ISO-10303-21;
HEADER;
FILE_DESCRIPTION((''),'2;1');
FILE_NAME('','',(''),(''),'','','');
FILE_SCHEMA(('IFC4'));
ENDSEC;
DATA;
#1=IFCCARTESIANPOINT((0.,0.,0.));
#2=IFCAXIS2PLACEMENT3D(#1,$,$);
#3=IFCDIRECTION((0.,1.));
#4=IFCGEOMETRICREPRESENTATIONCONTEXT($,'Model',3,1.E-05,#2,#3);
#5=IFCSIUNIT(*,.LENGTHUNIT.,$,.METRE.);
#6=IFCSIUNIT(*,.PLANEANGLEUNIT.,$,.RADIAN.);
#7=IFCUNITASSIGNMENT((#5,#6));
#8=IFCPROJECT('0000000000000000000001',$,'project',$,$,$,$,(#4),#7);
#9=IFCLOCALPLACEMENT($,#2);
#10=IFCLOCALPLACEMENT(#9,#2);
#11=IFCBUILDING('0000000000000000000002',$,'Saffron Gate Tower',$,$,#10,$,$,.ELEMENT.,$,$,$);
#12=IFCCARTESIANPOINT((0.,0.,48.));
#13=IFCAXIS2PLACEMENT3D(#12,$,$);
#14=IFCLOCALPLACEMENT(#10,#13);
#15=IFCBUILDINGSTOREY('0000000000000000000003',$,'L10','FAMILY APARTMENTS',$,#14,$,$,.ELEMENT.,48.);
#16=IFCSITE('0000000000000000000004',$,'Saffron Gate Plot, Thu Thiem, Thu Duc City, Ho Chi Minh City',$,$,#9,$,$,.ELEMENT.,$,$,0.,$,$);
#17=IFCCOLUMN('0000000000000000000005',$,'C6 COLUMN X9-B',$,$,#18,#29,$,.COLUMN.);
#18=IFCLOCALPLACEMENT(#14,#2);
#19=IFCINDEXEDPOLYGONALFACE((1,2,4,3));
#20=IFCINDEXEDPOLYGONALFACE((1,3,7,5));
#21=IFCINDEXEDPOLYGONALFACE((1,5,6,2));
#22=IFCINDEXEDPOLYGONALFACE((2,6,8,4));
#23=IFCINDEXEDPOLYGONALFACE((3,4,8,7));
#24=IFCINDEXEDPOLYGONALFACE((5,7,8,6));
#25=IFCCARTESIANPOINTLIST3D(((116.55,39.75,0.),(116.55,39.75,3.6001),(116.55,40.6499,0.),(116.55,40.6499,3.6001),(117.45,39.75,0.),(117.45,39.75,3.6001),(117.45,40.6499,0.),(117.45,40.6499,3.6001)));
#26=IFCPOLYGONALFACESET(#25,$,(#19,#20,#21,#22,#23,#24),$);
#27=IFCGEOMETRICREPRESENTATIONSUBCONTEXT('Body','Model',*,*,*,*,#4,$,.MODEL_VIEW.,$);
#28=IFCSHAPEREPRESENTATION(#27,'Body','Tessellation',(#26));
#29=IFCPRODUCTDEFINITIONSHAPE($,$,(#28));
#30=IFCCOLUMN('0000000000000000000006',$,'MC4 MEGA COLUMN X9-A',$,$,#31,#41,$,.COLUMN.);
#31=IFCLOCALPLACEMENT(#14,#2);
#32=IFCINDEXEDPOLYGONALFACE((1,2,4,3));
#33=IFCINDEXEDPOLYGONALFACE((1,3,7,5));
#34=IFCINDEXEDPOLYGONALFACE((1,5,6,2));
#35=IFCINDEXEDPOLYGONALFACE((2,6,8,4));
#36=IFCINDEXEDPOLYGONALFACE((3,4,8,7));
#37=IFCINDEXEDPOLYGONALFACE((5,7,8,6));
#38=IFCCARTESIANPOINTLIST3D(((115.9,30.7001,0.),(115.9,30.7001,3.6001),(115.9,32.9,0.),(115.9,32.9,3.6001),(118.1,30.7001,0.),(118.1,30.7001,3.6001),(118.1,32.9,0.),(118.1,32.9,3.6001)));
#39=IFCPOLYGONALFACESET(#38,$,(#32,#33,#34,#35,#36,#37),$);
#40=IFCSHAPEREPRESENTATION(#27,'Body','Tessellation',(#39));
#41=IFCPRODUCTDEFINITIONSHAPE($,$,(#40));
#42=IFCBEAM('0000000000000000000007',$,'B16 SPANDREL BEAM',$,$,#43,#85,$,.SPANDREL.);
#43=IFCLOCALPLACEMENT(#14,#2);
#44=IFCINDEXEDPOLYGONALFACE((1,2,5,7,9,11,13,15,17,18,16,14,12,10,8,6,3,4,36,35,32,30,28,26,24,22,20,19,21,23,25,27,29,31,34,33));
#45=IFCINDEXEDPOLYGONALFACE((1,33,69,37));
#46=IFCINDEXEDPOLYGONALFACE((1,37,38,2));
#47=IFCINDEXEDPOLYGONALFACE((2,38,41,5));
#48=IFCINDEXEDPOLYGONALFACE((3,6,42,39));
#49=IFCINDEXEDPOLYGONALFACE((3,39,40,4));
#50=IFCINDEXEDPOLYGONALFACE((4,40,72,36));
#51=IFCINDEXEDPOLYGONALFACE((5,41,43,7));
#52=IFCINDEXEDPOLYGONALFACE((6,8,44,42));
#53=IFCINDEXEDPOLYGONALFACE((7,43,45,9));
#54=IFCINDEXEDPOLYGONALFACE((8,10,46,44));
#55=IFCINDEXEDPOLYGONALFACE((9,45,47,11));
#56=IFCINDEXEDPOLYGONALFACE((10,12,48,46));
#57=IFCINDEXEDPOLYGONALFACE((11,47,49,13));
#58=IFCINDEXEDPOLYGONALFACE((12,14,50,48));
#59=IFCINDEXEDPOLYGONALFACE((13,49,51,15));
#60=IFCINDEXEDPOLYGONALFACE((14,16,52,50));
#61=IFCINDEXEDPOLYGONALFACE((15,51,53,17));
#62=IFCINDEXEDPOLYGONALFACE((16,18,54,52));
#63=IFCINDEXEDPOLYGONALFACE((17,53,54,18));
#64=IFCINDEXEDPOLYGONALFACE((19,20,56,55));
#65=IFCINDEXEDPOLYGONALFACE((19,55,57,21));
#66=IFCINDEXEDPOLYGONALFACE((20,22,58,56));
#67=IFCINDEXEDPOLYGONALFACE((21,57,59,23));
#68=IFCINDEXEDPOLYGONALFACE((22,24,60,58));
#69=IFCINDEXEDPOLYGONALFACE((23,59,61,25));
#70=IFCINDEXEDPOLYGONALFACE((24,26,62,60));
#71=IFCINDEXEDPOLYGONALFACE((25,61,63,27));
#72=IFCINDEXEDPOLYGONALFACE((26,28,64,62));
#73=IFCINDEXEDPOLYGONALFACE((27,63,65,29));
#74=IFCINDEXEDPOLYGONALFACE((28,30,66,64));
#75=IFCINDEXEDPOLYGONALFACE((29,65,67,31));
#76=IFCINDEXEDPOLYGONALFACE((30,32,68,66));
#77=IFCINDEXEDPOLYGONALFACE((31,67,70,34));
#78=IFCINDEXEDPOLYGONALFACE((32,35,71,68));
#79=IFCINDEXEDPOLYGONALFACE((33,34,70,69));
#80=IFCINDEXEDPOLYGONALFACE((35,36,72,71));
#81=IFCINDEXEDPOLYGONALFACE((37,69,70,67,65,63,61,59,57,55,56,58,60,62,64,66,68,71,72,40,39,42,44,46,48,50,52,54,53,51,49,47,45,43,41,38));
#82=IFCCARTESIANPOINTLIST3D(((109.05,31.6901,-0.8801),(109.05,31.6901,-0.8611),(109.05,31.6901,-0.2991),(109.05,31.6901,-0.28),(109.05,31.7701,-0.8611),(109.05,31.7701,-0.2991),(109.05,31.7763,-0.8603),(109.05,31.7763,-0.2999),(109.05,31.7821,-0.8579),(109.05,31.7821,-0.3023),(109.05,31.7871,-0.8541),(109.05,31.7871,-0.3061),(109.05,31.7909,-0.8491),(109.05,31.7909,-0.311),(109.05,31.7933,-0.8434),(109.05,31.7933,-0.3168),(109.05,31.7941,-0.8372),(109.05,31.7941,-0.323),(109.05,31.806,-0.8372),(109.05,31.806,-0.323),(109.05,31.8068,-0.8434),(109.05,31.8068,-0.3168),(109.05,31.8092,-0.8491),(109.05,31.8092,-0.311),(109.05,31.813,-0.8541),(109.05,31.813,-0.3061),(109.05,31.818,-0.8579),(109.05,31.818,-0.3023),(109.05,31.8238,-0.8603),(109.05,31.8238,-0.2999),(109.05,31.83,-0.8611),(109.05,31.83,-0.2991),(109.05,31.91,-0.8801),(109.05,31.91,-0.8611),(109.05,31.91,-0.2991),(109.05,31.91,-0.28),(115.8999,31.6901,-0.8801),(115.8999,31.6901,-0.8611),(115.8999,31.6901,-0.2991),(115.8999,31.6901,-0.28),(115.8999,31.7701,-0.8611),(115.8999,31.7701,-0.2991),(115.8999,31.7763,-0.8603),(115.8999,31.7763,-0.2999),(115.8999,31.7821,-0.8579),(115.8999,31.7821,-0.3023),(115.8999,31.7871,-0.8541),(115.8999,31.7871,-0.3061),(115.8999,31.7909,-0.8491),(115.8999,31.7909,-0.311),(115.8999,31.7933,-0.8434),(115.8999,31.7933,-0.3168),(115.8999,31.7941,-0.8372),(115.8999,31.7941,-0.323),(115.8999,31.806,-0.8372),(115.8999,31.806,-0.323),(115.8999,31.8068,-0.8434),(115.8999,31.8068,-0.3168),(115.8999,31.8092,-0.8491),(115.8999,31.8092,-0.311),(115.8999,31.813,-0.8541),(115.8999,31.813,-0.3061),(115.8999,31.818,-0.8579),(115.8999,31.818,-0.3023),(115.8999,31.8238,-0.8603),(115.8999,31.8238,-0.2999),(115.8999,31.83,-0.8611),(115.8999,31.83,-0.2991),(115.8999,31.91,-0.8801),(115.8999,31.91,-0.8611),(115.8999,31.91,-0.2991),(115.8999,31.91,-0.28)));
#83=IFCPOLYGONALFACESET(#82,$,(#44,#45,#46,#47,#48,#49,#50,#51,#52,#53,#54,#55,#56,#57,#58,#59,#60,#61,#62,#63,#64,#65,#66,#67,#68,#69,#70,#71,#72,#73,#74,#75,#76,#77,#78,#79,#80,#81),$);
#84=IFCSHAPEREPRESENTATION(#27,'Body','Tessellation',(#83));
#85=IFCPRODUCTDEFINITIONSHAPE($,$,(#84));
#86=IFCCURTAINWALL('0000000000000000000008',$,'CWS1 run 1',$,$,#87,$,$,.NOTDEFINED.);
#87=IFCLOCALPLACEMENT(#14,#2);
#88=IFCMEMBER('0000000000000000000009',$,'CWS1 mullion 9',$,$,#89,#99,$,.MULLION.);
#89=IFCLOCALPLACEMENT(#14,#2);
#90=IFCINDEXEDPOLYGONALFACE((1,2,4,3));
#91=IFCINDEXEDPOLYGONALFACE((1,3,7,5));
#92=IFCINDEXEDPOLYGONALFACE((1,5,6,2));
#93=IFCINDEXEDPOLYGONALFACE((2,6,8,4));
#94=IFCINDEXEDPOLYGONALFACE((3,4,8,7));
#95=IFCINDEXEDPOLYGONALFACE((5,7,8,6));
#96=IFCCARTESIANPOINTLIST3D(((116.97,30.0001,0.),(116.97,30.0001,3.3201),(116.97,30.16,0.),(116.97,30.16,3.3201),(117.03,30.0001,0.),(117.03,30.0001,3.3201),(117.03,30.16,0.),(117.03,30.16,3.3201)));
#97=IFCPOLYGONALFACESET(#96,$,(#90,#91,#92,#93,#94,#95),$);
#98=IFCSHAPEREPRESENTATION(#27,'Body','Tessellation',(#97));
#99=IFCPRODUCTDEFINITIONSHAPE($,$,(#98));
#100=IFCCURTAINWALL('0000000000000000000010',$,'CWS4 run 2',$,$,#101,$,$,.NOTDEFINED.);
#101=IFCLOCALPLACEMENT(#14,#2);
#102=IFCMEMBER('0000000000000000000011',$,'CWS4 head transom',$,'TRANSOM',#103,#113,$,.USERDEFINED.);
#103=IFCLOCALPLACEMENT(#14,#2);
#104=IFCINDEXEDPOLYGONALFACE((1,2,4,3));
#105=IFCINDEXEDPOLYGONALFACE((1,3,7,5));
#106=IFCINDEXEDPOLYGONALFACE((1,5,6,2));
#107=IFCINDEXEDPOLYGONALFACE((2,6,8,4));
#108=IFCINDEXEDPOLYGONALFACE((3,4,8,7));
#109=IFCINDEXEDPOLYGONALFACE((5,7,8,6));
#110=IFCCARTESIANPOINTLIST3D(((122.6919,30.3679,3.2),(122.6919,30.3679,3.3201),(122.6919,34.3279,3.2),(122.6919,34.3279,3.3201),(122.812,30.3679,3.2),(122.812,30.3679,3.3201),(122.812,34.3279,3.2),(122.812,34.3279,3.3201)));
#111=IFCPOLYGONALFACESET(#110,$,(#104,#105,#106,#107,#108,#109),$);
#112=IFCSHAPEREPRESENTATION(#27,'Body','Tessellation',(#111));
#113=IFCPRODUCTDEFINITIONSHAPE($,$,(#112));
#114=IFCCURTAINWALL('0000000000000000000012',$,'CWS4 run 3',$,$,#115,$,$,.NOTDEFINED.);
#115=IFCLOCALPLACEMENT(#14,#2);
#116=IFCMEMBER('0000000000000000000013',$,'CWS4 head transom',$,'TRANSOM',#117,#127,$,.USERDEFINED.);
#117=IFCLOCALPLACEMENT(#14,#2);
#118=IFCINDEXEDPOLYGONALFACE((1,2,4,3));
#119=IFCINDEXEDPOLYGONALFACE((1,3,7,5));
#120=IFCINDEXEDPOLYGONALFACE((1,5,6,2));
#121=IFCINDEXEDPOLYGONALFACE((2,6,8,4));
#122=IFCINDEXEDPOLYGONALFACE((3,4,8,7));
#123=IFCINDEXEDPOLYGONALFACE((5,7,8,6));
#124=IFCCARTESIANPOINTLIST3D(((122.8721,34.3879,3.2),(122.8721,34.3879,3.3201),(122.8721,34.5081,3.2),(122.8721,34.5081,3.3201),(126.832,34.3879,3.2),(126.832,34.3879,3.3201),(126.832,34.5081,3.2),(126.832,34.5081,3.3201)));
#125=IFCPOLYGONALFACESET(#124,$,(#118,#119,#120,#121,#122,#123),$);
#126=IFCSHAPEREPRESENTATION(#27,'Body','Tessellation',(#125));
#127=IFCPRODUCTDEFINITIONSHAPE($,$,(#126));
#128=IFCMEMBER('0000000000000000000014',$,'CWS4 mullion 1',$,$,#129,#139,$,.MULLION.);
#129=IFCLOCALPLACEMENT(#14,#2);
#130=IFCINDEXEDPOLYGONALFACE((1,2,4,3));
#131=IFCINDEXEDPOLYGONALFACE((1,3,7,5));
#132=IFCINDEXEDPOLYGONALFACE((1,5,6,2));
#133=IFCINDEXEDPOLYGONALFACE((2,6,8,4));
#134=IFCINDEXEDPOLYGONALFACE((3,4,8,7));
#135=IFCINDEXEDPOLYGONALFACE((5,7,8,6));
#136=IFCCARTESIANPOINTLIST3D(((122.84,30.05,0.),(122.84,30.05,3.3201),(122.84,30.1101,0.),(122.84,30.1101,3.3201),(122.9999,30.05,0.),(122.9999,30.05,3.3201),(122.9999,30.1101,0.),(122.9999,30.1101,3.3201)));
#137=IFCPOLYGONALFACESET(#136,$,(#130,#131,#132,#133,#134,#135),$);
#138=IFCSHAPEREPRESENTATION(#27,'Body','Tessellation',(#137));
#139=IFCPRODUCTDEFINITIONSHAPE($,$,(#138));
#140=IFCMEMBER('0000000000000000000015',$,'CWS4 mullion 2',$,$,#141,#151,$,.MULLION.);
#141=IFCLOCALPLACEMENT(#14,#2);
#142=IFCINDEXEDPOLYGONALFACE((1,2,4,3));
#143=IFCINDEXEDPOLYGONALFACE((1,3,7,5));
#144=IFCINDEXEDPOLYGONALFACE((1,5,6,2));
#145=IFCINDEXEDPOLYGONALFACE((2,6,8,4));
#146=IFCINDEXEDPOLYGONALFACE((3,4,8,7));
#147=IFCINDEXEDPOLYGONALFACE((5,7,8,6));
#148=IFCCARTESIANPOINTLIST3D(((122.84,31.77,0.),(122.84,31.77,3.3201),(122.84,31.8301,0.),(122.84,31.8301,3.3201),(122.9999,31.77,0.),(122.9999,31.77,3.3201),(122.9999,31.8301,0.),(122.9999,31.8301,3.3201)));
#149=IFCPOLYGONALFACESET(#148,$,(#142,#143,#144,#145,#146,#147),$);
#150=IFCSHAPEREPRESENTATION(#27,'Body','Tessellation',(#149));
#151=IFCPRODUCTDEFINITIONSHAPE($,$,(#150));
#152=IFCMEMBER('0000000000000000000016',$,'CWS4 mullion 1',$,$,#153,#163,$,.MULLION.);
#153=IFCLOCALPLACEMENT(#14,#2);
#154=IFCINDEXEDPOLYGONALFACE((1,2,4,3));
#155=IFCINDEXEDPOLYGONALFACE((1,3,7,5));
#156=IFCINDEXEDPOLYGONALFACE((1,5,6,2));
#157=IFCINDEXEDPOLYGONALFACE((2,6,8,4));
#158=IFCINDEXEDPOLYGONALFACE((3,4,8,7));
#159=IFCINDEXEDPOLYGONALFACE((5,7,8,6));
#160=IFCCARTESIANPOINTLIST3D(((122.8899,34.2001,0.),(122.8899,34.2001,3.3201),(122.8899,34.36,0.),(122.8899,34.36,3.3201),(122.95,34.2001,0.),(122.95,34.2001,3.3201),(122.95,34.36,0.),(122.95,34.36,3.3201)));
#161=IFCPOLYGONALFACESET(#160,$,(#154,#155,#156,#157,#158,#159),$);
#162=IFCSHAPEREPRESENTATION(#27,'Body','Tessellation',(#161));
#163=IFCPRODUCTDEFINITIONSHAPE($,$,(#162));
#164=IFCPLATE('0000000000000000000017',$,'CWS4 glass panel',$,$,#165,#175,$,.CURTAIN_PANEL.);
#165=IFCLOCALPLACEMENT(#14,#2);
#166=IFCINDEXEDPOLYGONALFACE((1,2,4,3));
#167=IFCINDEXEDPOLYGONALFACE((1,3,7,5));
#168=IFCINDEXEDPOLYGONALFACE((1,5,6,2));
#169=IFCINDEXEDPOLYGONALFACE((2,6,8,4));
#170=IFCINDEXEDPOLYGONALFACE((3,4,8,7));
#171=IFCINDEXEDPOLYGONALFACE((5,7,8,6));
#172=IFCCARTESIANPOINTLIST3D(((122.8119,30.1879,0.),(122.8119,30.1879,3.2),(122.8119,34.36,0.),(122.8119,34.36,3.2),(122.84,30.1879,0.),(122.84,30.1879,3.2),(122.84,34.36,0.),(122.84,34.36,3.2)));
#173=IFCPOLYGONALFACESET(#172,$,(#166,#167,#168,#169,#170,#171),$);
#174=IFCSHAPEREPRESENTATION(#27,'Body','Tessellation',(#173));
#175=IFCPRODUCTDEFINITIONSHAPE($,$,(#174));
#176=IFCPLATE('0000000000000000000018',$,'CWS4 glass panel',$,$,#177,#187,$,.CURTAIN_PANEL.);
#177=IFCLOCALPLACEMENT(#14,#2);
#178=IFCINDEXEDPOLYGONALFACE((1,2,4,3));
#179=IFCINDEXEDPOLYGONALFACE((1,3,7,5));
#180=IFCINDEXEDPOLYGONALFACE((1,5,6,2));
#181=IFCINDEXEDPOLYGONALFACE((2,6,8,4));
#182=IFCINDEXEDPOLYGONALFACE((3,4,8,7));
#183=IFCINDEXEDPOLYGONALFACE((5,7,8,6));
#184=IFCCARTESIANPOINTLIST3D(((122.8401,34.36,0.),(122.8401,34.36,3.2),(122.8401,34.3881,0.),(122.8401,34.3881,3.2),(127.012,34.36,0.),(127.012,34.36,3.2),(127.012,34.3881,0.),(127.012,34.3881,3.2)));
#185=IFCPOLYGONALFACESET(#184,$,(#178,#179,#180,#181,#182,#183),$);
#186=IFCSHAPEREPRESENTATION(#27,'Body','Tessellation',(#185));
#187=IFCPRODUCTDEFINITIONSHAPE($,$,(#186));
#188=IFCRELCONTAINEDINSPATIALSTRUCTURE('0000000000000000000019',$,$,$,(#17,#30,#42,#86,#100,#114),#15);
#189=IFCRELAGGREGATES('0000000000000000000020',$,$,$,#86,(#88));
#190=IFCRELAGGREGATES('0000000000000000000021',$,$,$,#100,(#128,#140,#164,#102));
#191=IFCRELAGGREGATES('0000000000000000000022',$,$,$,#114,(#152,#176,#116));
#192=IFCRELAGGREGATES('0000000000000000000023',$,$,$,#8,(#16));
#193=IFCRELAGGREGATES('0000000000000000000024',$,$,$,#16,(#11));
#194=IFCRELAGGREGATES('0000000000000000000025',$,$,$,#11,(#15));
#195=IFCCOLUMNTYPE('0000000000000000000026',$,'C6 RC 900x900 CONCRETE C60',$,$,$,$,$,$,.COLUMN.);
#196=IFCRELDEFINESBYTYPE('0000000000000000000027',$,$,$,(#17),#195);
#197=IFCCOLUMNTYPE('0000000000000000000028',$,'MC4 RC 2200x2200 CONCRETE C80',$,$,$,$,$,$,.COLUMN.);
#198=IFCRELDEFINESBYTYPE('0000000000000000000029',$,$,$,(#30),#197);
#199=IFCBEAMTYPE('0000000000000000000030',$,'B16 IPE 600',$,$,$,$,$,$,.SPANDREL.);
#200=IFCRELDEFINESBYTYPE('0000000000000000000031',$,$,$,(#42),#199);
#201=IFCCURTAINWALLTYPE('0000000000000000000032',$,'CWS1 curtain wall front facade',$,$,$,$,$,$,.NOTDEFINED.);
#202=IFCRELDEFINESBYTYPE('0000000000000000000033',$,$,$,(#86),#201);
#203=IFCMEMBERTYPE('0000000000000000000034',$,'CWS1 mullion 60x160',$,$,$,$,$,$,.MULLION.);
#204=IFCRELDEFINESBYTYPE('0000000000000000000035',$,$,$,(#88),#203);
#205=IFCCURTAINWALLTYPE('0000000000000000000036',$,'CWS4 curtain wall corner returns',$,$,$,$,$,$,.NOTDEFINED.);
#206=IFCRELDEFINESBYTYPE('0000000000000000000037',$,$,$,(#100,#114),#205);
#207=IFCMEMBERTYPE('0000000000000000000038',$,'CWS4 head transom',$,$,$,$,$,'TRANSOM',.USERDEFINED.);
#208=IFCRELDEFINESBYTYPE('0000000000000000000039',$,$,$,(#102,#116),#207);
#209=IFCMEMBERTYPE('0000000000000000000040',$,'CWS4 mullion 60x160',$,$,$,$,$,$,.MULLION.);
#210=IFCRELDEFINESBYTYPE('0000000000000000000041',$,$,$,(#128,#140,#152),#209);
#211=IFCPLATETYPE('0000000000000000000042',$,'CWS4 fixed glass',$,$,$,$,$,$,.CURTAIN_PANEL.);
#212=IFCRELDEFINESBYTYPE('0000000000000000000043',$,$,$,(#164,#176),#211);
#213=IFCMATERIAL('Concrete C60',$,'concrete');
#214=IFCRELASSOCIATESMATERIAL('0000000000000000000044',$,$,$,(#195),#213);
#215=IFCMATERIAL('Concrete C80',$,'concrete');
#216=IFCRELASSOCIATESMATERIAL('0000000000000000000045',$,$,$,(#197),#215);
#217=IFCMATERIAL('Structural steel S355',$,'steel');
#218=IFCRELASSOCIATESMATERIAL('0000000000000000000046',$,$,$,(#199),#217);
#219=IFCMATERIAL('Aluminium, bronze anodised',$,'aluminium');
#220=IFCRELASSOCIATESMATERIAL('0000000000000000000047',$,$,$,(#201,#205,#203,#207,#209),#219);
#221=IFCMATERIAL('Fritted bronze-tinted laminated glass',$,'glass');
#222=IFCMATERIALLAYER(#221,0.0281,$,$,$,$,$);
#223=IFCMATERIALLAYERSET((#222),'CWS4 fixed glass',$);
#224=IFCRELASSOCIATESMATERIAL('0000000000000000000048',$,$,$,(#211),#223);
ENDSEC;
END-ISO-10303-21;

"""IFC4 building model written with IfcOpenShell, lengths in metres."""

from ifc_helpers import new_model, si_unit, direction, frame, frame_2d, origin, origin_2d, place, context, subcontext, project, spatial, rectangle, i_section, extrude, material, layer, layer_set, material_profile, profile_set, type_object, element, aggregate, save


model = new_model("IFC4")

# Units and contexts
model_context = context("Model", 3, precision=1e-05, world=origin(), true_north=direction((0.0, 1.0)))
body_context = subcontext(model_context, "Body", "Model", "MODEL_VIEW")
ifc_project = project(units=[si_unit("LENGTHUNIT", "METRE"), si_unit("PLANEANGLEUNIT", "RADIAN")], contexts=[model_context])

# Site, building, storey
site_placement = place(None, origin())
site = spatial("IfcSite", under=ifc_project, at=site_placement, Name="Saffron Gate Plot, Thu Thiem, Thu Duc City, Ho Chi Minh City", CompositionType="ELEMENT", RefElevation=0.0)
building_placement = place(site_placement, origin())
building = spatial("IfcBuilding", under=site, at=building_placement, Name="Saffron Gate Tower", CompositionType="ELEMENT")
storey_placement = place(building_placement, frame((0.0, 0.0, 48.0)))
storey = spatial("IfcBuildingStorey", under=building, at=storey_placement, Name="L10", Description="FAMILY APARTMENTS", CompositionType="ELEMENT", Elevation=48.0)

# Columns
ifc_material_1 = material(Name="Concrete C60", Category="concrete")
ifc_material_profile_1 = material_profile(ifc_material_1, rectangle(XDim=0.8999, YDim=0.8999, at=origin_2d()))
ifc_profile_set_1 = profile_set([ifc_material_profile_1], Name="Concrete C60")
column_type_1 = type_object("IfcColumnType", Name="C6 RC 900x900 CONCRETE C60", PredefinedType="COLUMN", material=ifc_profile_set_1)
column_1_placement = place(storey_placement, frame((117.0, 40.2, 0.0), z_axis=(0.0, 0.0, 1.0), x_axis=(1.0, 0.0, 0.0)))
element("IfcColumn", 1, at=column_1_placement, inside=storey, type_object=column_type_1, Name="C6 COLUMN X9-B", PredefinedType="COLUMN", context=body_context, shape_type="SweptSolid", body=[
    extrude(rectangle(XDim=0.8999, YDim=0.8999, at=origin_2d()), origin(), (0.0, 0.0, 1.0), 3.6001),
])
ifc_material_2 = material(Name="Concrete C80", Category="concrete")
ifc_material_profile_2 = material_profile(ifc_material_2, rectangle(XDim=2.2, YDim=2.2, at=origin_2d()))
ifc_profile_set_2 = profile_set([ifc_material_profile_2], Name="Concrete C80")
column_type_2 = type_object("IfcColumnType", Name="MC4 RC 2200x2200 CONCRETE C80", PredefinedType="COLUMN", material=ifc_profile_set_2)
column_2_placement = place(storey_placement, frame((117.0, 31.8, 0.0), z_axis=(0.0, 0.0, 1.0), x_axis=(1.0, 0.0, 0.0)))
element("IfcColumn", 2, at=column_2_placement, inside=storey, type_object=column_type_2, Name="MC4 MEGA COLUMN X9-A", PredefinedType="COLUMN", context=body_context, shape_type="SweptSolid", body=[
    extrude(rectangle(XDim=2.2, YDim=2.2, at=origin_2d()), origin(), (0.0, 0.0, 1.0), 3.6001),
])

# Beam
ifc_material_3 = material(Name="Structural steel S355", Category="steel")
ifc_material_profile_3 = material_profile(ifc_material_3, i_section(OverallWidth=0.22, OverallDepth=0.6001, WebThickness=0.012, FlangeThickness=0.019, FilletRadius=0.0239, at=origin_2d()))
ifc_profile_set_3 = profile_set([ifc_material_profile_3], Name="Structural steel S355")
beam_type = type_object("IfcBeamType", Name="B16 IPE 600", PredefinedType="SPANDREL", material=ifc_profile_set_3)
beam_placement = place(storey_placement, frame((109.05, 31.8, -0.5801), z_axis=(1.0, 0.0, 0.0), x_axis=(0.0, 1.0, 0.0)))
element("IfcBeam", 3, at=beam_placement, inside=storey, type_object=beam_type, Name="B16 SPANDREL BEAM", PredefinedType="SPANDREL", context=body_context, shape_type="SweptSolid", body=[
    extrude(i_section(OverallWidth=0.22, OverallDepth=0.6001, WebThickness=0.012, FlangeThickness=0.019, FilletRadius=0.0239, at=origin_2d()), origin(), (0.0, 0.0, 1.0), 6.8499),
])

# Curtain walls, members
ifc_material_4 = material(Name="Aluminium, bronze anodised", Category="aluminium")
curtain_wall_type_1 = type_object("IfcCurtainWallType", Name="CWS1 curtain wall front facade", PredefinedType="NOTDEFINED", material=ifc_material_4)
curtain_wall_1_placement = place(storey_placement, origin())
curtain_wall_1 = element("IfcCurtainWall", 4, at=curtain_wall_1_placement, inside=storey, type_object=curtain_wall_type_1, Name="CWS1 run 1", PredefinedType="NOTDEFINED")
ifc_material_profile_4 = material_profile(ifc_material_4, rectangle(XDim=0.1599, YDim=0.0601, at=origin_2d()))
ifc_profile_set_4 = profile_set([ifc_material_profile_4], Name="Aluminium, bronze anodised")
member_type_1 = type_object("IfcMemberType", Name="CWS1 mullion 60x160", PredefinedType="MULLION", material=ifc_profile_set_4)
member_1_placement = place(storey_placement, frame((117.0, 30.0801, 0.0), z_axis=(0.0, 0.0, 1.0), x_axis=(0.0, 1.0, 0.0)))
member_1 = element("IfcMember", 5, at=member_1_placement, type_object=member_type_1, Name="CWS1 mullion 9", PredefinedType="MULLION", context=body_context, shape_type="SweptSolid", body=[
    extrude(rectangle(XDim=0.1599, YDim=0.0601, at=origin_2d()), origin(), (0.0, 0.0, 1.0), 3.3201),
])
aggregate(curtain_wall_1, [member_1])
curtain_wall_type_2 = type_object("IfcCurtainWallType", Name="CWS4 curtain wall corner returns", PredefinedType="NOTDEFINED", material=ifc_material_4)
curtain_wall_2_placement = place(storey_placement, origin())
curtain_wall_2 = element("IfcCurtainWall", 6, at=curtain_wall_2_placement, inside=storey, type_object=curtain_wall_type_2, Name="CWS4 run 2", PredefinedType="NOTDEFINED")
ifc_material_profile_5 = material_profile(ifc_material_4, rectangle(XDim=0.1201, YDim=0.1201, at=origin_2d()))
ifc_profile_set_5 = profile_set([ifc_material_profile_5], Name="Aluminium, bronze anodised")
member_type_2 = type_object("IfcMemberType", Name="CWS4 head transom", ElementType="TRANSOM", PredefinedType="USERDEFINED", material=ifc_profile_set_5)
member_2_placement = place(storey_placement, frame((122.752, 30.3679, 3.26), z_axis=(0.0, 1.0, 0.0), x_axis=(-1.0, 0.0, 0.0)))
member_2 = element("IfcMember", 7, at=member_2_placement, type_object=member_type_2, Name="CWS4 head transom", ObjectType="TRANSOM", PredefinedType="USERDEFINED", context=body_context, shape_type="SweptSolid", body=[
    extrude(rectangle(XDim=0.1201, YDim=0.1201, at=origin_2d()), origin(), (0.0, 0.0, 1.0), 3.96),
])
curtain_wall_3_placement = place(storey_placement, origin())
curtain_wall_3 = element("IfcCurtainWall", 8, at=curtain_wall_3_placement, inside=storey, type_object=curtain_wall_type_2, Name="CWS4 run 3", PredefinedType="NOTDEFINED")
member_3_placement = place(storey_placement, frame((122.8721, 34.448, 3.26), z_axis=(1.0, 0.0, 0.0), x_axis=(0.0, 1.0, 0.0)))
member_3 = element("IfcMember", 9, at=member_3_placement, type_object=member_type_2, Name="CWS4 head transom", ObjectType="TRANSOM", PredefinedType="USERDEFINED", context=body_context, shape_type="SweptSolid", body=[
    extrude(rectangle(XDim=0.1201, YDim=0.1201, at=origin_2d()), origin(), (0.0, 0.0, 1.0), 3.96),
])

# Members
ifc_material_profile_6 = material_profile(ifc_material_4, rectangle(XDim=0.1599, YDim=0.0601, at=origin_2d()))
ifc_profile_set_6 = profile_set([ifc_material_profile_6], Name="Aluminium, bronze anodised")
member_type_3 = type_object("IfcMemberType", Name="CWS4 mullion 60x160", PredefinedType="MULLION", material=ifc_profile_set_6)
member_4_placement = place(storey_placement, frame((122.9199, 30.0801, 0.0), z_axis=(0.0, 0.0, 1.0), x_axis=(-1.0, 0.0, 0.0)))
member_4 = element("IfcMember", 10, at=member_4_placement, type_object=member_type_3, Name="CWS4 mullion 1", PredefinedType="MULLION", context=body_context, shape_type="SweptSolid", body=[
    extrude(rectangle(XDim=0.1599, YDim=0.0601, at=origin_2d()), origin(), (0.0, 0.0, 1.0), 3.3201),
])
member_5_placement = place(storey_placement, frame((122.9199, 31.8, 0.0), z_axis=(0.0, 0.0, 1.0), x_axis=(-1.0, 0.0, 0.0)))
member_5 = element("IfcMember", 11, at=member_5_placement, type_object=member_type_3, Name="CWS4 mullion 2", PredefinedType="MULLION", context=body_context, shape_type="SweptSolid", body=[
    extrude(rectangle(XDim=0.1599, YDim=0.0601, at=origin_2d()), origin(), (0.0, 0.0, 1.0), 3.3201),
])
member_6_placement = place(storey_placement, frame((122.9199, 34.28, 0.0), z_axis=(0.0, 0.0, 1.0), x_axis=(0.0, 1.0, 0.0)))
member_6 = element("IfcMember", 12, at=member_6_placement, type_object=member_type_3, Name="CWS4 mullion 1", PredefinedType="MULLION", context=body_context, shape_type="SweptSolid", body=[
    extrude(rectangle(XDim=0.1599, YDim=0.0601, at=origin_2d()), origin(), (0.0, 0.0, 1.0), 3.3201),
])

# Plates
ifc_material_5 = material(Name="Fritted bronze-tinted laminated glass", Category="glass")
ifc_layer_1 = layer(ifc_material_5, 0.0281)
ifc_layer_set_1 = layer_set([ifc_layer_1], Name="CWS4 fixed glass")
plate_type = type_object("IfcPlateType", Name="CWS4 fixed glass", PredefinedType="CURTAIN_PANEL", material=ifc_layer_set_1)
plate_1_placement = place(storey_placement, frame((122.8259, 30.188, 0.0), z_axis=(0.0, 0.0, 1.0), x_axis=(0.0, 1.0, 0.0)))
plate_1 = element("IfcPlate", 13, at=plate_1_placement, type_object=plate_type, Name="CWS4 glass panel", PredefinedType="CURTAIN_PANEL", context=body_context, shape_type="SweptSolid", body=[
    extrude(rectangle(XDim=4.1721, YDim=0.0281, at=frame_2d((2.0859, 0.0))), origin(), (0.0, 0.0, 1.0), 3.2),
])
aggregate(curtain_wall_2, [member_4, member_5, plate_1, member_2])
plate_2_placement = place(storey_placement, frame((122.8401, 34.374, 0.0), z_axis=(0.0, 0.0, 1.0), x_axis=(1.0, 0.0, 0.0)))
plate_2 = element("IfcPlate", 14, at=plate_2_placement, type_object=plate_type, Name="CWS4 glass panel", PredefinedType="CURTAIN_PANEL", context=body_context, shape_type="SweptSolid", body=[
    extrude(rectangle(XDim=4.1719, YDim=0.0281, at=frame_2d((2.0859, 0.0))), origin(), (0.0, 0.0, 1.0), 3.2),
])
aggregate(curtain_wall_3, [member_6, plate_2, member_3])

save(model, "model.ifc")
